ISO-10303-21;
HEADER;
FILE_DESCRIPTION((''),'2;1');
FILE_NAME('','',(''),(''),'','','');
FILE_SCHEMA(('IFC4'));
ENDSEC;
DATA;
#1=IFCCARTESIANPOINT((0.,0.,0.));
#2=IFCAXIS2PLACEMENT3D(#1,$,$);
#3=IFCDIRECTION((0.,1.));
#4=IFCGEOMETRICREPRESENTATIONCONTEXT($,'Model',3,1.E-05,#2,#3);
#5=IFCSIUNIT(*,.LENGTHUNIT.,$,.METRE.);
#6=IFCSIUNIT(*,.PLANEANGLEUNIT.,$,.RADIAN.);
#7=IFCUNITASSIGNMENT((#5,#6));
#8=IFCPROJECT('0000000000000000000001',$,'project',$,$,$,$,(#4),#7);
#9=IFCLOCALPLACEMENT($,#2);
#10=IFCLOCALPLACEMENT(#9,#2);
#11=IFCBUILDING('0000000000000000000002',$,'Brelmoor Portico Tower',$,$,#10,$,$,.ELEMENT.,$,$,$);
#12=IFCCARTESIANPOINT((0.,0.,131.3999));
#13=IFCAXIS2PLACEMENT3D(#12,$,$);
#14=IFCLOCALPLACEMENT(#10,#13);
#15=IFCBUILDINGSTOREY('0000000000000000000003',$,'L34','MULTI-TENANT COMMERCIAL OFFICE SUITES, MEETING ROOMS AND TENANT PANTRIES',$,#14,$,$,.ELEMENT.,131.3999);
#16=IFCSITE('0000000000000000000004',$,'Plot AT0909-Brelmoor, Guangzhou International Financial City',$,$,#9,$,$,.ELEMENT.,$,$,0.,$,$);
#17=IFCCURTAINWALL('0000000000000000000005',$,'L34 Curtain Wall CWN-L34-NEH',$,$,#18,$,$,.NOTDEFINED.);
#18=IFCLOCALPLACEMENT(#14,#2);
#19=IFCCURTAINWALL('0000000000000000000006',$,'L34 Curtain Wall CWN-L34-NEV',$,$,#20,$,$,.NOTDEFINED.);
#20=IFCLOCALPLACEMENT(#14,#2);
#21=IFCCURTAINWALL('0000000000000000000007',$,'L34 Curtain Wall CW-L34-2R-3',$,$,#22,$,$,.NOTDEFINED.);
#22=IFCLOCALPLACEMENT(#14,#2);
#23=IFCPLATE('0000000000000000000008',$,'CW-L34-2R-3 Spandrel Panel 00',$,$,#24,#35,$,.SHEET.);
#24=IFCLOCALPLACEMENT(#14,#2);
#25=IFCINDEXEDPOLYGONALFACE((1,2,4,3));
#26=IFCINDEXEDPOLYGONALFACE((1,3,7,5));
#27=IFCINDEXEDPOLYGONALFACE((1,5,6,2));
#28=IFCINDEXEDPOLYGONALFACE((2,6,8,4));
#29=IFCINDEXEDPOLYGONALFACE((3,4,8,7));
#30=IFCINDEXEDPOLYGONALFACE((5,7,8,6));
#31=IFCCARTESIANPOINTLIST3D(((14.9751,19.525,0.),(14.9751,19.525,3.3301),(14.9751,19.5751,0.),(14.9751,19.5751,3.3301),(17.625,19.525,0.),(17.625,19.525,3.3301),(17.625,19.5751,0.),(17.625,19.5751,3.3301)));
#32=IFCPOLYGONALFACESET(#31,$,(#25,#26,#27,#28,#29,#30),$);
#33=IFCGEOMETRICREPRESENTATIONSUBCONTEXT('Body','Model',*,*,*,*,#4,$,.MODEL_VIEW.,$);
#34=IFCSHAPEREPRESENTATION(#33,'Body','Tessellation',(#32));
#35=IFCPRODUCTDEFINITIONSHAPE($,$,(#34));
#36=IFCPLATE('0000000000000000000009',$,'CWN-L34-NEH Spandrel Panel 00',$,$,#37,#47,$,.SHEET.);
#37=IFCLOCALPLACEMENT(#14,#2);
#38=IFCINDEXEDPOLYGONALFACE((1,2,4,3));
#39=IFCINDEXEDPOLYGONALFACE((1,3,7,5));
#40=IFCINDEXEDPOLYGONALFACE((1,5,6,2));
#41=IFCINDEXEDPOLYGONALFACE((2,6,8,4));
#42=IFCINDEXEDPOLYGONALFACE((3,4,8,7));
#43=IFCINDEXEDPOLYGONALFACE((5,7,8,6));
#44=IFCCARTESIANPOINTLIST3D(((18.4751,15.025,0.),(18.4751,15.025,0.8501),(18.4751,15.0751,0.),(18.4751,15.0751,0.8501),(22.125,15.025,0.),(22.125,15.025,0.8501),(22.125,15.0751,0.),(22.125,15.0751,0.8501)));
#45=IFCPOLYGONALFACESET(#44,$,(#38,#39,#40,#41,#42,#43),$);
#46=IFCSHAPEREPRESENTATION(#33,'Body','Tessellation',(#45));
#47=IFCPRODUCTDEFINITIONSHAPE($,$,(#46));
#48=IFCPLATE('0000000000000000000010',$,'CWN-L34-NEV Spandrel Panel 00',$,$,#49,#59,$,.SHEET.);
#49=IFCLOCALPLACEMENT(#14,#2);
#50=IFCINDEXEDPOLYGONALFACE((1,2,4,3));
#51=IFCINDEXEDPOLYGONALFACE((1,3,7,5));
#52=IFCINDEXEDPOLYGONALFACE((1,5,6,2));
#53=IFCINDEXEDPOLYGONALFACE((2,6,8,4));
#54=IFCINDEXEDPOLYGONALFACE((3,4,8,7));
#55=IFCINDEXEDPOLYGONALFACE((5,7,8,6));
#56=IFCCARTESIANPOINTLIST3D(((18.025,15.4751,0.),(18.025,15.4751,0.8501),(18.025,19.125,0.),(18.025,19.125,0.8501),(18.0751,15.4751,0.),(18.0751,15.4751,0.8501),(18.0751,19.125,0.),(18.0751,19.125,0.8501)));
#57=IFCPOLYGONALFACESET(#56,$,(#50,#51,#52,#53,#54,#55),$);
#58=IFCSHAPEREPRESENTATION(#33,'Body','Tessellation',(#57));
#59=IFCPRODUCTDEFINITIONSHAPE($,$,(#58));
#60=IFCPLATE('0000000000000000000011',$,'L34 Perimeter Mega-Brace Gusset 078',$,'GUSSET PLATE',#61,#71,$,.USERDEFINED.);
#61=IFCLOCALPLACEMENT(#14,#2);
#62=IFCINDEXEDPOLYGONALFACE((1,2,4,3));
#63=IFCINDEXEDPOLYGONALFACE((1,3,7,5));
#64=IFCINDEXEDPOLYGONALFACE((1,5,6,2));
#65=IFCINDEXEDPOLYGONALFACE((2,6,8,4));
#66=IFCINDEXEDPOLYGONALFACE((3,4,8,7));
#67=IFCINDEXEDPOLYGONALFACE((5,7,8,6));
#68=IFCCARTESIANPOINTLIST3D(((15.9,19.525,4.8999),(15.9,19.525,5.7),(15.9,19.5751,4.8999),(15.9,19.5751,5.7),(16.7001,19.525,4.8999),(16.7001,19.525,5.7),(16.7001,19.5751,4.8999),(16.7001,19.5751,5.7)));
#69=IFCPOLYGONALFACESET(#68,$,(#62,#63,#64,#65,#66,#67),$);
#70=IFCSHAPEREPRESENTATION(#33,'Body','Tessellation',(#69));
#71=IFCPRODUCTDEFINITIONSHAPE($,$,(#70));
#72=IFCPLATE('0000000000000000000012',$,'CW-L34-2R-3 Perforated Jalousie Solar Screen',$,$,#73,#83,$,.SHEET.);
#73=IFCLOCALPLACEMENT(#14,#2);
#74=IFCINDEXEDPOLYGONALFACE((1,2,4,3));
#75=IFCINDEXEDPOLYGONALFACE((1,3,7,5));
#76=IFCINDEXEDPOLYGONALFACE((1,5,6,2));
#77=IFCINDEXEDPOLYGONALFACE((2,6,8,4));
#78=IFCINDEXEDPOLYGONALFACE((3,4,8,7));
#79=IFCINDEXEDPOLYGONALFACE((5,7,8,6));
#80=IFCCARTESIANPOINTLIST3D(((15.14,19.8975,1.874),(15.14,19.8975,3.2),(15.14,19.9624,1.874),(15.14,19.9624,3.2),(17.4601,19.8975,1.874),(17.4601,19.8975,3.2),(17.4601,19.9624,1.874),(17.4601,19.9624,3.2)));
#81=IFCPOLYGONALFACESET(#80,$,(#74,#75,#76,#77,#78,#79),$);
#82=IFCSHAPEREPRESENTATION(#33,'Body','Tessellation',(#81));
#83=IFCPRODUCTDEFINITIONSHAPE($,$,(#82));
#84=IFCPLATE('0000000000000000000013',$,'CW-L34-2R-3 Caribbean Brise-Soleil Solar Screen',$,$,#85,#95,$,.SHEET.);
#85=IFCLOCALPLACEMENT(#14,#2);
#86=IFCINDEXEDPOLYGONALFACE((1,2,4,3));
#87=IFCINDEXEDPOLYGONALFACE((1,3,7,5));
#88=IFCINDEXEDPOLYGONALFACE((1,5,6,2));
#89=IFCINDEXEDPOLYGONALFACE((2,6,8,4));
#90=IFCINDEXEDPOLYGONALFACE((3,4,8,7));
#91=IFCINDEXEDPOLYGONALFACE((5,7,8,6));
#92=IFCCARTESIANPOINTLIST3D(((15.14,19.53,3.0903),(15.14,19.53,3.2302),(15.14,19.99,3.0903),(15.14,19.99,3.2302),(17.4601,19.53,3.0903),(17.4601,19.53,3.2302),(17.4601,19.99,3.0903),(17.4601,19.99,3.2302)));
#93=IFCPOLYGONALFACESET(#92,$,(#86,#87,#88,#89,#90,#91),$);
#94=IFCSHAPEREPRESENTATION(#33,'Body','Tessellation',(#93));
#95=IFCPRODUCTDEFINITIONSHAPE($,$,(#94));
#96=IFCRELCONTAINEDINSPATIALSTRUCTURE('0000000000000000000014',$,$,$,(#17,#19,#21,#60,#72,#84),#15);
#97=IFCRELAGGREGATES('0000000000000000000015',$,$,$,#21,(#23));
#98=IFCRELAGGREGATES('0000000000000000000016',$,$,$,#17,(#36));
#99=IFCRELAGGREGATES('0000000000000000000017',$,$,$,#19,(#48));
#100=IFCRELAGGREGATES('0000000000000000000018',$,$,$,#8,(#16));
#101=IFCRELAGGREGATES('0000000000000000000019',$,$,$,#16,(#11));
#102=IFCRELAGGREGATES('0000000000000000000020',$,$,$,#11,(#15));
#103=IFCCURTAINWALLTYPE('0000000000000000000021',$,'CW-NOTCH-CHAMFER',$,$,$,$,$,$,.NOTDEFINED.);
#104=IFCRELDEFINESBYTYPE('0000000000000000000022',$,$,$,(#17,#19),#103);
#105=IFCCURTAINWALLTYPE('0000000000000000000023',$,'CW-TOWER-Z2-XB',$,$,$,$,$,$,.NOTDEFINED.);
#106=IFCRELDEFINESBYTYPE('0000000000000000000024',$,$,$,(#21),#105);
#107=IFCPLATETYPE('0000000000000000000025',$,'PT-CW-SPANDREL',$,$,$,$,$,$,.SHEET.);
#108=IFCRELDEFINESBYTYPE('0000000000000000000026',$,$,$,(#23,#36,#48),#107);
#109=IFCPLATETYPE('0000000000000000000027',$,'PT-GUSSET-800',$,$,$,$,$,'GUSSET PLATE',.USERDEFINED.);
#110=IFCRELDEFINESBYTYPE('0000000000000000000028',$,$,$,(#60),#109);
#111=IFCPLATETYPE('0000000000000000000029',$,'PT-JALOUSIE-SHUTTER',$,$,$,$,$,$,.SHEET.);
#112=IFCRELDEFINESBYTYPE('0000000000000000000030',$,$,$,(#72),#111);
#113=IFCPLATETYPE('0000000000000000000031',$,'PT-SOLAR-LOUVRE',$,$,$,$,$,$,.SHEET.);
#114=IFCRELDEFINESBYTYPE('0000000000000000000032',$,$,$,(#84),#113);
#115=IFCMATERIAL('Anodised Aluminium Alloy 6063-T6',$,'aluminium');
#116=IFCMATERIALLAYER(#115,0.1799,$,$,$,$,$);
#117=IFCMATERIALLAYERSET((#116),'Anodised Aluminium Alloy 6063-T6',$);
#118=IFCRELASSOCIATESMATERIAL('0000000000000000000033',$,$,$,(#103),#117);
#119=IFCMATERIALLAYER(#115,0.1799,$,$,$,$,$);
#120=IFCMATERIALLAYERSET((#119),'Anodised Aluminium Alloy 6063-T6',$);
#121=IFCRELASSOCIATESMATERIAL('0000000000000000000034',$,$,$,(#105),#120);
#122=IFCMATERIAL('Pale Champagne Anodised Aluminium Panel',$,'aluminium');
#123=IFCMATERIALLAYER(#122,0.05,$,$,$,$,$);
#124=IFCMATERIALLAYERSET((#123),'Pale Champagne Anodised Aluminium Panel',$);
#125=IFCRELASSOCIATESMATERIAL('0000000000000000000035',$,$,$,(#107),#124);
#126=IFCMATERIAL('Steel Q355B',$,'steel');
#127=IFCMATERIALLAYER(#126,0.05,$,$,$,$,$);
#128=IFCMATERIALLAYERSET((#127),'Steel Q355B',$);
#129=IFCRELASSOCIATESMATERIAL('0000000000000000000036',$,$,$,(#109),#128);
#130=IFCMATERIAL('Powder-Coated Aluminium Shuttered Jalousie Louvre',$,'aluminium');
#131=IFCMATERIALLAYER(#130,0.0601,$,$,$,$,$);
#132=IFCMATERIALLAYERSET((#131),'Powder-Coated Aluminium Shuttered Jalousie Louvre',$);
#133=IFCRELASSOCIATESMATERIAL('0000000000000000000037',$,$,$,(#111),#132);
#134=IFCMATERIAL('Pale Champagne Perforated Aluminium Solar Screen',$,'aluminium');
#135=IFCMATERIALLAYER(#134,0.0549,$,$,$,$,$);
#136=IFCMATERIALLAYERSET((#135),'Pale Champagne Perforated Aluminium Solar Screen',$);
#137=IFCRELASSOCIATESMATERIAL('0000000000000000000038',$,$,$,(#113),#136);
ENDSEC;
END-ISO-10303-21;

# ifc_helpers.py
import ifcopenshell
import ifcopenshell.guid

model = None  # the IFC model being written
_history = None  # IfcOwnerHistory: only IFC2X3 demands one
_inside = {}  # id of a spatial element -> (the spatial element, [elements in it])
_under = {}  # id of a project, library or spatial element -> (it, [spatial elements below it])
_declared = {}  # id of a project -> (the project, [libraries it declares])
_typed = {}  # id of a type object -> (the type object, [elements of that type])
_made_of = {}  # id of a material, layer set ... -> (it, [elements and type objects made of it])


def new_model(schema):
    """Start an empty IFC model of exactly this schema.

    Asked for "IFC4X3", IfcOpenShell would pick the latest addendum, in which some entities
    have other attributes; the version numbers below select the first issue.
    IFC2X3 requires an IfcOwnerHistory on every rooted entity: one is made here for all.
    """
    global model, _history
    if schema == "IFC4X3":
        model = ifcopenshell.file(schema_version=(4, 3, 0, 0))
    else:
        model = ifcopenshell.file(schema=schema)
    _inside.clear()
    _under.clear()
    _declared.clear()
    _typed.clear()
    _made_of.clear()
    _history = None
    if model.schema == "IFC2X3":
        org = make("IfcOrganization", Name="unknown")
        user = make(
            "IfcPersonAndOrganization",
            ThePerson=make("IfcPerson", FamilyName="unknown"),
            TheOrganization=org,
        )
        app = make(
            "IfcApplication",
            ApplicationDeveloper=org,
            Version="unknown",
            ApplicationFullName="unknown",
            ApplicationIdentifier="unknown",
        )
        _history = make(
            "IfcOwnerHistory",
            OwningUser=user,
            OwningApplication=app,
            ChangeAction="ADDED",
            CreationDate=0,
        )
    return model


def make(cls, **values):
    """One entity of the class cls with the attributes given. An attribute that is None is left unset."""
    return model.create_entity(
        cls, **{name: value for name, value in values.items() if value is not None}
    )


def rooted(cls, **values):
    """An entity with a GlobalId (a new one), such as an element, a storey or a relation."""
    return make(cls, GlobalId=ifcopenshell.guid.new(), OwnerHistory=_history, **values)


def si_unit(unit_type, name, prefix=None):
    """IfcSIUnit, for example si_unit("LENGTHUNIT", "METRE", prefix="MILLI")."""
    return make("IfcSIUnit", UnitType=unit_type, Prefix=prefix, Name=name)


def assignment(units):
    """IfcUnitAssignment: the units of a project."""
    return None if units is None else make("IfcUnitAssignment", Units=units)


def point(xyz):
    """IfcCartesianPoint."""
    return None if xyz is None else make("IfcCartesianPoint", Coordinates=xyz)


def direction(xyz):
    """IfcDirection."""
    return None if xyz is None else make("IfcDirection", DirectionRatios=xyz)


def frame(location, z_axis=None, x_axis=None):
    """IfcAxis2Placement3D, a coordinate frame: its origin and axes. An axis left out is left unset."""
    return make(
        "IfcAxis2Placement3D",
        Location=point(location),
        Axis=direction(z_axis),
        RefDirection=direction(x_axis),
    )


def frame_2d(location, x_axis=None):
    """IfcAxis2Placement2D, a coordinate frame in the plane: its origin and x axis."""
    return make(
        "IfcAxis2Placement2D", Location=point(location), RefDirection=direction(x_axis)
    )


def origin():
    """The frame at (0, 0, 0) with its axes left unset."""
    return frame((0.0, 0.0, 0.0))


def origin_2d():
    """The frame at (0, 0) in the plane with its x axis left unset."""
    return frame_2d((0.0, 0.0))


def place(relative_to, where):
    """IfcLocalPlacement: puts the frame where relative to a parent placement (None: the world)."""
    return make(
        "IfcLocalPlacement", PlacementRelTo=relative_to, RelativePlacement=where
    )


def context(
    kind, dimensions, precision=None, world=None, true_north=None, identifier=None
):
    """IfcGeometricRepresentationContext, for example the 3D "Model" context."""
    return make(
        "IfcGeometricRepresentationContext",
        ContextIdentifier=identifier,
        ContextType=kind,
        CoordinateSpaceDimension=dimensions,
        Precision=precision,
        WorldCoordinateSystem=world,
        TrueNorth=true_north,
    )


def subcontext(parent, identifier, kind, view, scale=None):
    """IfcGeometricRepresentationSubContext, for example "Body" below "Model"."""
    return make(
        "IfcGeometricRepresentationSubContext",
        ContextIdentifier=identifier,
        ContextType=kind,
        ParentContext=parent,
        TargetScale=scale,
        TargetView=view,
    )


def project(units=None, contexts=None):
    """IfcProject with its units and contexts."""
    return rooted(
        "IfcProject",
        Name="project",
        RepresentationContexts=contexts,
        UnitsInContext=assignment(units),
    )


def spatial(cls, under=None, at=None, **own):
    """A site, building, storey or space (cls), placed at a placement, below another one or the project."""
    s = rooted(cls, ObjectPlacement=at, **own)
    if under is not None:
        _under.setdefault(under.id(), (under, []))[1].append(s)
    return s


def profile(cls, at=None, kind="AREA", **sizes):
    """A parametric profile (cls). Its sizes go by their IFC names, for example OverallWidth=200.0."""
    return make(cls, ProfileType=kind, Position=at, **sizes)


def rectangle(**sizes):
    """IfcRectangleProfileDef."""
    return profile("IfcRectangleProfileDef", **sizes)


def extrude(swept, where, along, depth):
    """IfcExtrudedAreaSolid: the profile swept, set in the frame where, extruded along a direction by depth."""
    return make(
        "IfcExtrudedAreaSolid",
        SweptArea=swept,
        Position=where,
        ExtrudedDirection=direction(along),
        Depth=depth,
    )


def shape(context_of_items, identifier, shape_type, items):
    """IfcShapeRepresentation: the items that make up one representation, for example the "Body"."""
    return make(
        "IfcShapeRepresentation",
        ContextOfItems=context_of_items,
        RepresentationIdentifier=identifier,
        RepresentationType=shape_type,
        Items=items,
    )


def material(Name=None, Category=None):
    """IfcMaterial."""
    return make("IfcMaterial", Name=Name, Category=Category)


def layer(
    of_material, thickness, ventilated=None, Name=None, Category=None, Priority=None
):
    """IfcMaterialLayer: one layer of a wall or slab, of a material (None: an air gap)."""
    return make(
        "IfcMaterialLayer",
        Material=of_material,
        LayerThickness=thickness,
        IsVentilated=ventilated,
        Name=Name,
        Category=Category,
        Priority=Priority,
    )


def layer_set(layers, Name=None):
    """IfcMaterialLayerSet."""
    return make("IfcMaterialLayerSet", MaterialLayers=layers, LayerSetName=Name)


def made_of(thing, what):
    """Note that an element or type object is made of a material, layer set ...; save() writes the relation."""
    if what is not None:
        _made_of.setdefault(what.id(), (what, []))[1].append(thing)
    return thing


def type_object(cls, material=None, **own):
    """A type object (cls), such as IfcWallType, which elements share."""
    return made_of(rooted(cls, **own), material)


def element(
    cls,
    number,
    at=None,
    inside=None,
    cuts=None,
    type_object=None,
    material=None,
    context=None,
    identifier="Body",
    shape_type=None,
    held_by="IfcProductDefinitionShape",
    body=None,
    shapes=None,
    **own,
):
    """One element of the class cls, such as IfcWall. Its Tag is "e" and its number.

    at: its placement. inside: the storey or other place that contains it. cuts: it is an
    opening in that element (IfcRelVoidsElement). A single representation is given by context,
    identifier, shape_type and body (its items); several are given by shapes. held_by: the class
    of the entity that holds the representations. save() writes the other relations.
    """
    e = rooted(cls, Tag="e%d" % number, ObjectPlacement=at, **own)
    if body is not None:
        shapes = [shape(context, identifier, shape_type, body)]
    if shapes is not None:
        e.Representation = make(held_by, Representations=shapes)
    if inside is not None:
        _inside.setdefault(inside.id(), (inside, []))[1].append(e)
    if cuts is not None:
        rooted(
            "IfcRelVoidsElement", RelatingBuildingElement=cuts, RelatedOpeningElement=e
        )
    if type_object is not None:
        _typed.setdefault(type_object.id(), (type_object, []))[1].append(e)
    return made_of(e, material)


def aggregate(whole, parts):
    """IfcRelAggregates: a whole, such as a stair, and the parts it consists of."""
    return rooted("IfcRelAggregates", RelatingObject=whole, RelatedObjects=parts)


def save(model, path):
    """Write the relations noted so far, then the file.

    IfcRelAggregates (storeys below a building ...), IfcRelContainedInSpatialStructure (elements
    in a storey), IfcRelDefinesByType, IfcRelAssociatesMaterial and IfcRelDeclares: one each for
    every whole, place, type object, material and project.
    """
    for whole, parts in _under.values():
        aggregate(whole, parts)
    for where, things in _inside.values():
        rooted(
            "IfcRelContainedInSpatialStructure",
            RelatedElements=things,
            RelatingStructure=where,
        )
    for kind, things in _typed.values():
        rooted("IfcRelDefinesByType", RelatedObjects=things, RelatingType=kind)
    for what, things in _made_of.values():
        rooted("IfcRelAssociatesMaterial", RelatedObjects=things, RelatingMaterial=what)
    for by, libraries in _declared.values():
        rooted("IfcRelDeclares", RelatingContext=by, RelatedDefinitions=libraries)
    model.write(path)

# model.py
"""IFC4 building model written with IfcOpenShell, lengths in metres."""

from ifc_helpers import new_model, si_unit, direction, frame, origin, origin_2d, place, context, subcontext, project, spatial, rectangle, extrude, material, layer, layer_set, type_object, element, aggregate, save


model = new_model("IFC4")

# Units and contexts
model_context = context("Model", 3, precision=1e-05, world=origin(), true_north=direction((0.0, 1.0)))
body_context = subcontext(model_context, "Body", "Model", "MODEL_VIEW")
ifc_project = project(units=[si_unit("LENGTHUNIT", "METRE"), si_unit("PLANEANGLEUNIT", "RADIAN")], contexts=[model_context])

# Site, building, storey
site_placement = place(None, origin())
site = spatial("IfcSite", under=ifc_project, at=site_placement, Name="Plot AT0909-Brelmoor, Guangzhou International Financial City", CompositionType="ELEMENT", RefElevation=0.0)
building_placement = place(site_placement, origin())
building = spatial("IfcBuilding", under=site, at=building_placement, Name="Brelmoor Portico Tower", CompositionType="ELEMENT")
storey_placement = place(building_placement, frame((0.0, 0.0, 131.3999)))
storey = spatial("IfcBuildingStorey", under=building, at=storey_placement, Name="L34", Description="MULTI-TENANT COMMERCIAL OFFICE SUITES, MEETING ROOMS AND TENANT PANTRIES", CompositionType="ELEMENT", Elevation=131.3999)

# Shared definitions
ifc_material_1 = material(Name="Steel Q355B", Category="steel")

# Curtain walls
ifc_material_2 = material(Name="Anodised Aluminium Alloy 6063-T6", Category="aluminium")
ifc_layer_1 = layer(ifc_material_2, 0.1799)
ifc_layer_set_1 = layer_set([ifc_layer_1], Name="Anodised Aluminium Alloy 6063-T6")
curtain_wall_type_1 = type_object("IfcCurtainWallType", Name="CW-NOTCH-CHAMFER", PredefinedType="NOTDEFINED", material=ifc_layer_set_1)
curtain_wall_1_placement = place(storey_placement, origin())
curtain_wall_1 = element("IfcCurtainWall", 1, at=curtain_wall_1_placement, inside=storey, type_object=curtain_wall_type_1, Name="L34 Curtain Wall CWN-L34-NEH", PredefinedType="NOTDEFINED")
curtain_wall_2_placement = place(storey_placement, origin())
curtain_wall_2 = element("IfcCurtainWall", 2, at=curtain_wall_2_placement, inside=storey, type_object=curtain_wall_type_1, Name="L34 Curtain Wall CWN-L34-NEV", PredefinedType="NOTDEFINED")
ifc_layer_2 = layer(ifc_material_2, 0.1799)
ifc_layer_set_2 = layer_set([ifc_layer_2], Name="Anodised Aluminium Alloy 6063-T6")
curtain_wall_type_2 = type_object("IfcCurtainWallType", Name="CW-TOWER-Z2-XB", PredefinedType="NOTDEFINED", material=ifc_layer_set_2)
curtain_wall_3_placement = place(storey_placement, origin())
curtain_wall_3 = element("IfcCurtainWall", 3, at=curtain_wall_3_placement, inside=storey, type_object=curtain_wall_type_2, Name="L34 Curtain Wall CW-L34-2R-3", PredefinedType="NOTDEFINED")

# Plates
ifc_material_3 = material(Name="Pale Champagne Anodised Aluminium Panel", Category="aluminium")
ifc_layer_3 = layer(ifc_material_3, 0.05)
ifc_layer_set_3 = layer_set([ifc_layer_3], Name="Pale Champagne Anodised Aluminium Panel")
plate_type_1 = type_object("IfcPlateType", Name="PT-CW-SPANDREL", PredefinedType="SHEET", material=ifc_layer_set_3)
plate_1_placement = place(storey_placement, frame((16.3, 19.55, 0.0), z_axis=(0.0, 0.0, 1.0), x_axis=(1.0, 0.0, 0.0)))
plate_1 = element("IfcPlate", 4, at=plate_1_placement, type_object=plate_type_1, Name="CW-L34-2R-3 Spandrel Panel 00", PredefinedType="SHEET", context=body_context, shape_type="SweptSolid", body=[
    extrude(rectangle(XDim=2.6499, YDim=0.05, at=origin_2d()), origin(), (0.0, 0.0, 1.0), 3.3301),
])
aggregate(curtain_wall_3, [plate_1])
plate_2_placement = place(storey_placement, frame((20.3, 15.05, 0.0), z_axis=(0.0, 0.0, 1.0), x_axis=(1.0, 0.0, 0.0)))
plate_2 = element("IfcPlate", 5, at=plate_2_placement, type_object=plate_type_1, Name="CWN-L34-NEH Spandrel Panel 00", PredefinedType="SHEET", context=body_context, shape_type="SweptSolid", body=[
    extrude(rectangle(XDim=3.6499, YDim=0.05, at=origin_2d()), origin(), (0.0, 0.0, 1.0), 0.8501),
])
aggregate(curtain_wall_1, [plate_2])
plate_3_placement = place(storey_placement, frame((18.05, 17.3, 0.0), z_axis=(0.0, 0.0, 1.0), x_axis=(0.0, 1.0, 0.0)))
plate_3 = element("IfcPlate", 6, at=plate_3_placement, type_object=plate_type_1, Name="CWN-L34-NEV Spandrel Panel 00", PredefinedType="SHEET", context=body_context, shape_type="SweptSolid", body=[
    extrude(rectangle(XDim=3.6499, YDim=0.05, at=origin_2d()), origin(), (0.0, 0.0, 1.0), 0.8501),
])
aggregate(curtain_wall_2, [plate_3])

# Plates
ifc_layer_4 = layer(ifc_material_1, 0.05)
ifc_layer_set_4 = layer_set([ifc_layer_4], Name="Steel Q355B")
plate_type_2 = type_object("IfcPlateType", Name="PT-GUSSET-800", ElementType="GUSSET PLATE", PredefinedType="USERDEFINED", material=ifc_layer_set_4)
plate_4_placement = place(storey_placement, frame((16.3, 19.55, 4.8999), z_axis=(0.0, 0.0, 1.0), x_axis=(1.0, 0.0, 0.0)))
element("IfcPlate", 7, at=plate_4_placement, inside=storey, type_object=plate_type_2, Name="L34 Perimeter Mega-Brace Gusset 078", ObjectType="GUSSET PLATE", PredefinedType="USERDEFINED", context=body_context, shape_type="SweptSolid", body=[
    extrude(rectangle(XDim=0.8, YDim=0.05, at=origin_2d()), origin(), (0.0, 0.0, 1.0), 0.8),
])
ifc_material_4 = material(Name="Powder-Coated Aluminium Shuttered Jalousie Louvre", Category="aluminium")
ifc_layer_5 = layer(ifc_material_4, 0.0601)
ifc_layer_set_5 = layer_set([ifc_layer_5], Name="Powder-Coated Aluminium Shuttered Jalousie Louvre")
plate_type_3 = type_object("IfcPlateType", Name="PT-JALOUSIE-SHUTTER", PredefinedType="SHEET", material=ifc_layer_set_5)
plate_5_placement = place(storey_placement, frame((16.3, 19.9299, 1.874), z_axis=(0.0, 0.0, 1.0), x_axis=(1.0, 0.0, 0.0)))
element("IfcPlate", 8, at=plate_5_placement, inside=storey, type_object=plate_type_3, Name="CW-L34-2R-3 Perforated Jalousie Solar Screen", PredefinedType="SHEET", context=body_context, shape_type="SweptSolid", body=[
    extrude(rectangle(XDim=2.3201, YDim=0.0649, at=origin_2d()), origin(), (0.0, 0.0, 1.0), 1.3259),
])
ifc_material_5 = material(Name="Pale Champagne Perforated Aluminium Solar Screen", Category="aluminium")
ifc_layer_6 = layer(ifc_material_5, 0.0549)
ifc_layer_set_6 = layer_set([ifc_layer_6], Name="Pale Champagne Perforated Aluminium Solar Screen")
plate_type_4 = type_object("IfcPlateType", Name="PT-SOLAR-LOUVRE", PredefinedType="SHEET", material=ifc_layer_set_6)
plate_6_placement = place(storey_placement, frame((16.3, 19.76, 3.0903), z_axis=(0.0, 0.0, 1.0), x_axis=(1.0, 0.0, 0.0)))
element("IfcPlate", 9, at=plate_6_placement, inside=storey, type_object=plate_type_4, Name="CW-L34-2R-3 Caribbean Brise-Soleil Solar Screen", PredefinedType="SHEET", context=body_context, shape_type="SweptSolid", body=[
    extrude(rectangle(XDim=2.3201, YDim=0.46, at=origin_2d()), origin(), (0.0, 0.0, 1.0), 0.1399),
])

save(model, "model.ifc")
